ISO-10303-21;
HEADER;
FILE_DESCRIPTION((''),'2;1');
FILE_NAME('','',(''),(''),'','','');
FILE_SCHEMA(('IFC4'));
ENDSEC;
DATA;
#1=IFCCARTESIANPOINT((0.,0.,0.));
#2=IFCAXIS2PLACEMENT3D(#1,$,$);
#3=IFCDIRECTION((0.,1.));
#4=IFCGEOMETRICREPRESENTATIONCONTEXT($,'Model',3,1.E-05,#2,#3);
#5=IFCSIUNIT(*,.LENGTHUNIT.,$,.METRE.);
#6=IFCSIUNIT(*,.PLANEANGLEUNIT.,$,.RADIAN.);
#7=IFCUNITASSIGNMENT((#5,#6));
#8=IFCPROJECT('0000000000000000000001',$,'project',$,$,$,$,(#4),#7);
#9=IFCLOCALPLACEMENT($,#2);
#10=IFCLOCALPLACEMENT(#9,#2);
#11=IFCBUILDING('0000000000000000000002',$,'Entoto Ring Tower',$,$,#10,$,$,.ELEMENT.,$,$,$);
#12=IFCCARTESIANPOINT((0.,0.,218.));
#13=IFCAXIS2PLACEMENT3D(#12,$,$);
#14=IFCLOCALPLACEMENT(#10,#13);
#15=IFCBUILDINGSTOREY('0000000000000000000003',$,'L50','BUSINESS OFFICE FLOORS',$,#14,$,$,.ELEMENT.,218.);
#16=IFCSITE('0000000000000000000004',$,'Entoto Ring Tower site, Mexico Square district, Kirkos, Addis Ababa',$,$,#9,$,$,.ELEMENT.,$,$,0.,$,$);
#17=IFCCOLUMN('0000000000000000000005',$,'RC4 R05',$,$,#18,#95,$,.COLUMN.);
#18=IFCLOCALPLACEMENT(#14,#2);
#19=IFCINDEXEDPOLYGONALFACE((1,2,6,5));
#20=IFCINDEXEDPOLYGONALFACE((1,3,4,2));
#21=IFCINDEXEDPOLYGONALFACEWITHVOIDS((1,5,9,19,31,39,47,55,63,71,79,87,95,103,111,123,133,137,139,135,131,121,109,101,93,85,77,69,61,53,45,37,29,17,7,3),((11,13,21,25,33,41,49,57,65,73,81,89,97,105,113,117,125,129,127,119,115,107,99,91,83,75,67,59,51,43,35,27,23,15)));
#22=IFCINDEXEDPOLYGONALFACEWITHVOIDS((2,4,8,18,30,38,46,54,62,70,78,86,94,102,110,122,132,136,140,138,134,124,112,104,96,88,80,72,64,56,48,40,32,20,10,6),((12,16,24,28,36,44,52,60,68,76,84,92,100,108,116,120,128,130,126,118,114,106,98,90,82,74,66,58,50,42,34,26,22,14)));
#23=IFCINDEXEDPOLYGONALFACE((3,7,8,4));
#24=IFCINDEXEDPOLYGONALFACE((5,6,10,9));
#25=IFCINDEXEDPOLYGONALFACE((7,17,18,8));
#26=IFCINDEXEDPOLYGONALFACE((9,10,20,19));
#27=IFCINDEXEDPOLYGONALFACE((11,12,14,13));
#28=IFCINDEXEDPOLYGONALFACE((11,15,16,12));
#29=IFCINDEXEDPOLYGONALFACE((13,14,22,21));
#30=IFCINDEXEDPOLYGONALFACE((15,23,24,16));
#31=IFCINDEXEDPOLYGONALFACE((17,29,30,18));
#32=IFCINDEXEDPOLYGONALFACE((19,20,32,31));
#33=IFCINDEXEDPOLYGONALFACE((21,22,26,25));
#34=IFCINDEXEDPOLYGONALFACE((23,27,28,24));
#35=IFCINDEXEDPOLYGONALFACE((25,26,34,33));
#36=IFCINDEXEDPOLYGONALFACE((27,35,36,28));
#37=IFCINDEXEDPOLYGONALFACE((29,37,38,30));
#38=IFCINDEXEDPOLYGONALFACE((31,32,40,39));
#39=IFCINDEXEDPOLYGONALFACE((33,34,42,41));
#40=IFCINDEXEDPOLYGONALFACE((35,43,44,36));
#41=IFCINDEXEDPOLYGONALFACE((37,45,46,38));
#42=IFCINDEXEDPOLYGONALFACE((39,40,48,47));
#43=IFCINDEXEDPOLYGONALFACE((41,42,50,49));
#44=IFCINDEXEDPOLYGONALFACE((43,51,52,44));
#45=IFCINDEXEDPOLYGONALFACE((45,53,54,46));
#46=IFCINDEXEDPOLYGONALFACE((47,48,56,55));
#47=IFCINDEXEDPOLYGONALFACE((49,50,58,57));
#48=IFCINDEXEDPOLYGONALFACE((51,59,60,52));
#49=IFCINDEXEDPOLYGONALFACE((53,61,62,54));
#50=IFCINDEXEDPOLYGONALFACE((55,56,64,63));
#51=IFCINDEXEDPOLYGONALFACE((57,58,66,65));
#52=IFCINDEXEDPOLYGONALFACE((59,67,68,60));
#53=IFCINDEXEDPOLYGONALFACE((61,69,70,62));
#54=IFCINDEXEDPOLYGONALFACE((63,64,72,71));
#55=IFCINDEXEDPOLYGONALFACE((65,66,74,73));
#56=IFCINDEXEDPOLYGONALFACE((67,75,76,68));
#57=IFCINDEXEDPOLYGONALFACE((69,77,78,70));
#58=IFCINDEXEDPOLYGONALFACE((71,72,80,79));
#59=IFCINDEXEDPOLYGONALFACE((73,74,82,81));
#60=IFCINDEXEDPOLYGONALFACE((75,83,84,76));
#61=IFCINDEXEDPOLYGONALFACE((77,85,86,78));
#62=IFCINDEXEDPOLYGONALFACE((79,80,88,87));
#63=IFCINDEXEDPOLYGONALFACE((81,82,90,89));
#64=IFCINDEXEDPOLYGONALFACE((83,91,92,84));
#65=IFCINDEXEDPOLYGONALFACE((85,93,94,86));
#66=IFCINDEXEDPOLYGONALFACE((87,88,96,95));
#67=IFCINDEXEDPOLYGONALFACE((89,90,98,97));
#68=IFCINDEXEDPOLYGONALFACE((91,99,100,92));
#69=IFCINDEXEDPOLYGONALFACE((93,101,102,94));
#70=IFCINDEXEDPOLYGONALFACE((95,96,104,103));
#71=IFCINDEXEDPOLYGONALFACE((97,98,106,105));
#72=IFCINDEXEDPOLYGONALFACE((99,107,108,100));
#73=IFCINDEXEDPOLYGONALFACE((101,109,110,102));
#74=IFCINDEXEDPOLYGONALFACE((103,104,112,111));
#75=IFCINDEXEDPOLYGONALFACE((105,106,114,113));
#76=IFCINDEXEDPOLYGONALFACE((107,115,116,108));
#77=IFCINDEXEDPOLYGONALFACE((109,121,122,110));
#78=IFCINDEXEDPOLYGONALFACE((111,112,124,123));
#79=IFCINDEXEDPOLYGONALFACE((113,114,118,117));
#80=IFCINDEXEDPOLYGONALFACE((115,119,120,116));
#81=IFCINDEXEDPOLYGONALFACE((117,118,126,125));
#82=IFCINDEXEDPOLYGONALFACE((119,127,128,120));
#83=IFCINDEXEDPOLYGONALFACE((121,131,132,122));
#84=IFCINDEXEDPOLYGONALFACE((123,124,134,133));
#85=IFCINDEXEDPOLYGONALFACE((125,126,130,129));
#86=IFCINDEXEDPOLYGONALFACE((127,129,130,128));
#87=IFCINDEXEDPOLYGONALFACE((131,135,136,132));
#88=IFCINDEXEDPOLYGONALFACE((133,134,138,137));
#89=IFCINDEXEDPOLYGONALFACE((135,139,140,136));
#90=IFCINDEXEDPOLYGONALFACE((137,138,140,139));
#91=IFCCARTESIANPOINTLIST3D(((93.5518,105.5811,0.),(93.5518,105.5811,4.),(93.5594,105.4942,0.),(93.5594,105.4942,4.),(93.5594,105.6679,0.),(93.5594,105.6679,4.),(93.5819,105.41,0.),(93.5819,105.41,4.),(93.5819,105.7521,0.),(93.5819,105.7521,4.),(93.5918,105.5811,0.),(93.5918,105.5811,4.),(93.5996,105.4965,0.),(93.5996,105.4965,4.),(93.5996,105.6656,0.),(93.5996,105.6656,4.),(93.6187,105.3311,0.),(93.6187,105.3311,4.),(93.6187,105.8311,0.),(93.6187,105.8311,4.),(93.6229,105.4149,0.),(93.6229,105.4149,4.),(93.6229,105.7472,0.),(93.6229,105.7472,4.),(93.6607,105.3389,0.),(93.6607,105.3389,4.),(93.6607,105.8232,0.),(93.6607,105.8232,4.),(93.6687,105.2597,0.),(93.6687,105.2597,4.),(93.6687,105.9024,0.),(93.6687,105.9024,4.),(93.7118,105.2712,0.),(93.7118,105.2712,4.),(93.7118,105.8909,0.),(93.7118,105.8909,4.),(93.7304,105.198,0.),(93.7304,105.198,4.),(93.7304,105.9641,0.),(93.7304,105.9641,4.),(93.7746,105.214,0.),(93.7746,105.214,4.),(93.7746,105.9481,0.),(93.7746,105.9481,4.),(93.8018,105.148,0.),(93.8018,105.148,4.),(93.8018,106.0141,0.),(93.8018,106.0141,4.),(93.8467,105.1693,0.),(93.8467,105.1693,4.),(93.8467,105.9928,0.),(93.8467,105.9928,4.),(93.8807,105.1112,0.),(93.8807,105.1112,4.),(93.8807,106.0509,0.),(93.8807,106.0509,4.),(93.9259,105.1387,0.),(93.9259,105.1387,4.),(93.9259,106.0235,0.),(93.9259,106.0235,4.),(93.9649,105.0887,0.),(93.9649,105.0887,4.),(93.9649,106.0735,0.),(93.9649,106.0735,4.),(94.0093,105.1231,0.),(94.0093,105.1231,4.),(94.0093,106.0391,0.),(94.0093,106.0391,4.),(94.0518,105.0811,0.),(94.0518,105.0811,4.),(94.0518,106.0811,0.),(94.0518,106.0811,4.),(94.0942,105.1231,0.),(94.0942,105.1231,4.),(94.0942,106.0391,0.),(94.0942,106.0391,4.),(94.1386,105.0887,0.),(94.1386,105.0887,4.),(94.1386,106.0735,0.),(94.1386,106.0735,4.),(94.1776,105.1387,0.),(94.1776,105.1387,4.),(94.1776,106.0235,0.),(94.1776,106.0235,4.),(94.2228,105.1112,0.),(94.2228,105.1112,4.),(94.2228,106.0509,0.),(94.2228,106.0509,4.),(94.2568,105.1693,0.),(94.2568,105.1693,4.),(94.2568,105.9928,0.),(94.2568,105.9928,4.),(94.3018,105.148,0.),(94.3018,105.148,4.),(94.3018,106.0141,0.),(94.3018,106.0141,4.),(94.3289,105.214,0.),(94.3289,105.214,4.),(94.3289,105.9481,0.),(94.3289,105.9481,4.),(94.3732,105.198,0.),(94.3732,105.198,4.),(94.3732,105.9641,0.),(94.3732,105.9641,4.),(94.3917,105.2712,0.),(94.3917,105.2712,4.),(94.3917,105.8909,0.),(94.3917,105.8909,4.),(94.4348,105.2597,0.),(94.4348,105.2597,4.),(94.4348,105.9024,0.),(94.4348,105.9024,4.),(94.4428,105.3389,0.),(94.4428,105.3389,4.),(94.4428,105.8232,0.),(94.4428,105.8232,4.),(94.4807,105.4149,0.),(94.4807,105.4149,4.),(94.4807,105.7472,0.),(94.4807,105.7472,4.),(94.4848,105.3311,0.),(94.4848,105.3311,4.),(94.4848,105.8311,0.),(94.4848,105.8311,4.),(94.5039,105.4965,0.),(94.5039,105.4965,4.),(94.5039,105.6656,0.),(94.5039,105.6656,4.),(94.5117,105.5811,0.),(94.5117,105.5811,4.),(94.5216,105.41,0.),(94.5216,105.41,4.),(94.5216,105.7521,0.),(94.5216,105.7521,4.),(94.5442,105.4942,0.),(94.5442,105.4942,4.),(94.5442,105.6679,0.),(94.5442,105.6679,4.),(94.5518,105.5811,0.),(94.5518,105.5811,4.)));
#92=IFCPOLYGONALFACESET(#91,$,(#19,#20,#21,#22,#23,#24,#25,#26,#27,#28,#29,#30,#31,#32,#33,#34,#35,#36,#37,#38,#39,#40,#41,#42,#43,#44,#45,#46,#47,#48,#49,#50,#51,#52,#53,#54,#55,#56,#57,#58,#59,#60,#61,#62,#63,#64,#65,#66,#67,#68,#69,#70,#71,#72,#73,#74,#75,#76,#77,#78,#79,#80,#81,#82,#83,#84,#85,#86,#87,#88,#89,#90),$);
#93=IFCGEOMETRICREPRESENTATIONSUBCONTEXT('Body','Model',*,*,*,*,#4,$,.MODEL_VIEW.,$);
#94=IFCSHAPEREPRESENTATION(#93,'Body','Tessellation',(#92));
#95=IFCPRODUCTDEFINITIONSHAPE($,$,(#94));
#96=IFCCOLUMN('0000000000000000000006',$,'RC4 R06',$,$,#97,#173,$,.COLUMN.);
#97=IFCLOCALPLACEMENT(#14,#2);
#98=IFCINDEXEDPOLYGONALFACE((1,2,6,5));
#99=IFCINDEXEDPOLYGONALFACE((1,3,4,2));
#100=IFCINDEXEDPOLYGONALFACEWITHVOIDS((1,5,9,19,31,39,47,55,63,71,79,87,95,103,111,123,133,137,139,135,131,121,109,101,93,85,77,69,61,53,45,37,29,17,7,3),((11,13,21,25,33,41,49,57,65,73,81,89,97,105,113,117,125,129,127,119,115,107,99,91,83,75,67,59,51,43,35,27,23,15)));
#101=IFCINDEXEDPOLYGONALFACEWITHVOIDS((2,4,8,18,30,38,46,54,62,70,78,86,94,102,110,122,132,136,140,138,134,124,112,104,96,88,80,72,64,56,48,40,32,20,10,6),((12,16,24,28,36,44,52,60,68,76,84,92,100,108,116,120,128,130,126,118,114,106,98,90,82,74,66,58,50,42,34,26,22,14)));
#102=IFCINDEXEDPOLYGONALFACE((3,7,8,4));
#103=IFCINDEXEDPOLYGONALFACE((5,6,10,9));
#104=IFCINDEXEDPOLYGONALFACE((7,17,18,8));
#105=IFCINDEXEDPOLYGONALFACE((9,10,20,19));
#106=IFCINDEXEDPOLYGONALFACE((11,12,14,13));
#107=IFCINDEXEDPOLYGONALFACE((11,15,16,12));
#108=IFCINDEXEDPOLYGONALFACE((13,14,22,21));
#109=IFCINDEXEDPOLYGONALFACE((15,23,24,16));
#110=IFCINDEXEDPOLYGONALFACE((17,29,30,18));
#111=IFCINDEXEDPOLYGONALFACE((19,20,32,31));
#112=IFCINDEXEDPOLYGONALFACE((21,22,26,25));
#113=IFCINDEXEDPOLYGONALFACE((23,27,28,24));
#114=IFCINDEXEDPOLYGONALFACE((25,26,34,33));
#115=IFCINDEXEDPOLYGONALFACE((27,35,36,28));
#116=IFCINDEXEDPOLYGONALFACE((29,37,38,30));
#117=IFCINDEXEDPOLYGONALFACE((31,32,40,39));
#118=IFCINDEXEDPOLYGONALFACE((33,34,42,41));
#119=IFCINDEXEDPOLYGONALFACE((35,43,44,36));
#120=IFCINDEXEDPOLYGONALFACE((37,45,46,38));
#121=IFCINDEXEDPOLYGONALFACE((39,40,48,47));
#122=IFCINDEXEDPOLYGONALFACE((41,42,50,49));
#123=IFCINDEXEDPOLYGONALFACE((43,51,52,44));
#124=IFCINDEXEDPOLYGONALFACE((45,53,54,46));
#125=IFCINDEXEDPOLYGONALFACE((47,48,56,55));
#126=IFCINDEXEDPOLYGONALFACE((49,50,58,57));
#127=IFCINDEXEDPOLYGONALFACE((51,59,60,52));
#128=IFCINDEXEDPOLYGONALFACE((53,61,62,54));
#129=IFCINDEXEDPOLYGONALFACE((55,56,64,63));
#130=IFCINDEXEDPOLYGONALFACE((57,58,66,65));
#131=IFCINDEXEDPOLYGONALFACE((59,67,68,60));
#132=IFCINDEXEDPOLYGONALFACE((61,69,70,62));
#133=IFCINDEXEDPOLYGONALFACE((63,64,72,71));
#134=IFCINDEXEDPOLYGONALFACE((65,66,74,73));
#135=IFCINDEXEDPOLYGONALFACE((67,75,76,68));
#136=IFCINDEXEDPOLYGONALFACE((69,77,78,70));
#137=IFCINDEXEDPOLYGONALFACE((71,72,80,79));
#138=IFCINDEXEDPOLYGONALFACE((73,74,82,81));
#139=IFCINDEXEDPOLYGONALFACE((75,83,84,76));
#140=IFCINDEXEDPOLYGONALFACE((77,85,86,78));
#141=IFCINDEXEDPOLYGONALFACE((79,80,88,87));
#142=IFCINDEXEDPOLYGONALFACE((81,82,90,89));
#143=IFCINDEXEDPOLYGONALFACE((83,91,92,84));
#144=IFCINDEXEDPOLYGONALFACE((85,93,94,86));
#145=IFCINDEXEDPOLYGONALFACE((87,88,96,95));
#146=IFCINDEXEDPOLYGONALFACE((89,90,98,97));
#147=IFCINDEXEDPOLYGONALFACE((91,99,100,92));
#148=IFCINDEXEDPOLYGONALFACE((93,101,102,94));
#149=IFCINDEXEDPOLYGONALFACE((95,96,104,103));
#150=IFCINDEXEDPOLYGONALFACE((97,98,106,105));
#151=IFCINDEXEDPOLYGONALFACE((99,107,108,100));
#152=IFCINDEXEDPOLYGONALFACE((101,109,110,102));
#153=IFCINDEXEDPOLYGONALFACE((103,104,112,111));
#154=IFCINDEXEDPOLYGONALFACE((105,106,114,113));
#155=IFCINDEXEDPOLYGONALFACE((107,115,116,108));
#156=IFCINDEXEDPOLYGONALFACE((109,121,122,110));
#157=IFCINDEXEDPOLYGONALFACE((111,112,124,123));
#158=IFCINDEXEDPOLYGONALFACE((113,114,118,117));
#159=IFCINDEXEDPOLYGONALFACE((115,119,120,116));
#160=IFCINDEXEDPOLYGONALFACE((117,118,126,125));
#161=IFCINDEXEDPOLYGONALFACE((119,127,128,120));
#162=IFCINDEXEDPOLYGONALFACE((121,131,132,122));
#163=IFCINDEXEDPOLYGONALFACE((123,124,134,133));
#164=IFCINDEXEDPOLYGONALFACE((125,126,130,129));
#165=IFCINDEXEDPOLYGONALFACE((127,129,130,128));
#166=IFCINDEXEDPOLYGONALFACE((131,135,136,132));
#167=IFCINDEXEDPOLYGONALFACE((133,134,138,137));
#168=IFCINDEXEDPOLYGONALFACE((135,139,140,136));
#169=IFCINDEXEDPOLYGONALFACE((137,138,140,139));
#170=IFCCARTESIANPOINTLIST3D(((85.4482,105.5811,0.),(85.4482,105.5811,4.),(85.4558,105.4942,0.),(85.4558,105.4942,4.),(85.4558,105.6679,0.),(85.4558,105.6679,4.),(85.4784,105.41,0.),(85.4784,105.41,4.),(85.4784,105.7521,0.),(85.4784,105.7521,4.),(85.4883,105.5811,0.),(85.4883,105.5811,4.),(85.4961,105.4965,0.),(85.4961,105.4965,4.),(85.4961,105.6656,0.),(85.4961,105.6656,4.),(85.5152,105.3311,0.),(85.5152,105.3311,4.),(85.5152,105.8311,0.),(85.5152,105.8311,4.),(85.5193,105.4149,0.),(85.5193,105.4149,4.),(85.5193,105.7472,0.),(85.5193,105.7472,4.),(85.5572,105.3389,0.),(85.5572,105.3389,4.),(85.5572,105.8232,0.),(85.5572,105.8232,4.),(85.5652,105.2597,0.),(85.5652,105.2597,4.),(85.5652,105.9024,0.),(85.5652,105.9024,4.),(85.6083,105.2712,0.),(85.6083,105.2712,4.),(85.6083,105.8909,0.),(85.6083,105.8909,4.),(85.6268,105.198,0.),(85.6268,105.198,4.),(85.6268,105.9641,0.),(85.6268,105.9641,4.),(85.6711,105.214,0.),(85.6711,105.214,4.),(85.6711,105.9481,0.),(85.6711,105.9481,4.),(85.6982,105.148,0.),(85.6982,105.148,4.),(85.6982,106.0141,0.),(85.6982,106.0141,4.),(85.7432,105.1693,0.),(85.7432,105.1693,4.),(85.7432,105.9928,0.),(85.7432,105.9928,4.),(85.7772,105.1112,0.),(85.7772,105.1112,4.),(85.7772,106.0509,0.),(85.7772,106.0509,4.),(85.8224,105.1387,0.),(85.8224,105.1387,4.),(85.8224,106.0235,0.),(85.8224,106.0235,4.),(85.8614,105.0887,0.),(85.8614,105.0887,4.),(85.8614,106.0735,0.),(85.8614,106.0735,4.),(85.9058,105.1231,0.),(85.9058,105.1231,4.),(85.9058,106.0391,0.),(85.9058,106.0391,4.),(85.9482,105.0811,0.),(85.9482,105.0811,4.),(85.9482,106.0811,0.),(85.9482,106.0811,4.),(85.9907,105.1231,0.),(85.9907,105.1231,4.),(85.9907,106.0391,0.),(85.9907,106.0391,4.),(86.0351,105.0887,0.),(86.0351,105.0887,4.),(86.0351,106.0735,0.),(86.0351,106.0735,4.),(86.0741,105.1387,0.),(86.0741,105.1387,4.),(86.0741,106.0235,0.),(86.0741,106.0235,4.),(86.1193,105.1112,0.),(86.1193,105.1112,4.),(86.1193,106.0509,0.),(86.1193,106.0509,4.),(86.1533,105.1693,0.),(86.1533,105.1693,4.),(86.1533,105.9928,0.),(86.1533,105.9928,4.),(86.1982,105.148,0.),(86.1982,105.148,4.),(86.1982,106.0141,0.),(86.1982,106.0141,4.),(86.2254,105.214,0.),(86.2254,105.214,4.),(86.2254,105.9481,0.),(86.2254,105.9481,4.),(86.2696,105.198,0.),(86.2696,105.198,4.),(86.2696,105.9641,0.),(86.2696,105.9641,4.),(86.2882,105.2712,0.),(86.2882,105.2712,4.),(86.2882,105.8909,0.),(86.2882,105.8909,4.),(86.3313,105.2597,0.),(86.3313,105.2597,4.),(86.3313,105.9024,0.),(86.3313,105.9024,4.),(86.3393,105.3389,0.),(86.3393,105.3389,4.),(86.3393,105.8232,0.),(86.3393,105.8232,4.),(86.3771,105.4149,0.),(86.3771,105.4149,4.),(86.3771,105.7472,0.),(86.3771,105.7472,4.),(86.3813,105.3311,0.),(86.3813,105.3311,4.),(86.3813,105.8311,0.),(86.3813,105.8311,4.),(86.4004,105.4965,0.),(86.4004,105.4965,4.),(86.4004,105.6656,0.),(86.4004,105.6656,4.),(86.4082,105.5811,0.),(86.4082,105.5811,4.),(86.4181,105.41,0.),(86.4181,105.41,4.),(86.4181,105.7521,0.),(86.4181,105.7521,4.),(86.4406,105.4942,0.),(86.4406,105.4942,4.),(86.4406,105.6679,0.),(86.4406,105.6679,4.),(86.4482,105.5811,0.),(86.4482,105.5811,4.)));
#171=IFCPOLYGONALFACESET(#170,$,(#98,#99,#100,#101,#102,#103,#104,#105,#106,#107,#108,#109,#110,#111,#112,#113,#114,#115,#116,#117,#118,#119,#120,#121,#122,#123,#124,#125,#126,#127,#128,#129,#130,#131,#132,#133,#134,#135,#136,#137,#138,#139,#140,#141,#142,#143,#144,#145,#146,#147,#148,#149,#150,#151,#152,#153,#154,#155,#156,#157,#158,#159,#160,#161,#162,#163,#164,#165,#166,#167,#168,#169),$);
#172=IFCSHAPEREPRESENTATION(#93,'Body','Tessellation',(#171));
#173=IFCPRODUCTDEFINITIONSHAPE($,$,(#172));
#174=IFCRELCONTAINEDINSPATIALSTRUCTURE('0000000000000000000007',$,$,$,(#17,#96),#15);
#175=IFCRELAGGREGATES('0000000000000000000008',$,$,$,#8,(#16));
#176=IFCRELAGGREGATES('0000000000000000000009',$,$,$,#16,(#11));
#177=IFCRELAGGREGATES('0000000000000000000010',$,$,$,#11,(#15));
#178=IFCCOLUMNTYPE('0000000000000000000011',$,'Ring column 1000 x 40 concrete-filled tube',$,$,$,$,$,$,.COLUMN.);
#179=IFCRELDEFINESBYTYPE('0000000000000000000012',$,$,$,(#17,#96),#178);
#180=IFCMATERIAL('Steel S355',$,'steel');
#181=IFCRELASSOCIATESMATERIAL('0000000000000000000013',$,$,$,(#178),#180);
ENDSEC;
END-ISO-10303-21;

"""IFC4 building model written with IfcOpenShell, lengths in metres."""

from ifc_helpers import new_model, si_unit, direction, frame, origin, origin_2d, place, context, subcontext, project, spatial, circle, hollow_circle, extrude, material, material_profile, profile_set, type_object, element, save


model = new_model("IFC4")

# Units and contexts
model_context = context("Model", 3, precision=1e-05, world=origin(), true_north=direction((0.0, 1.0)))
body_context = subcontext(model_context, "Body", "Model", "MODEL_VIEW")
ifc_project = project(units=[si_unit("LENGTHUNIT", "METRE"), si_unit("PLANEANGLEUNIT", "RADIAN")], contexts=[model_context])

# Site, building, storey
site_placement = place(None, origin())
site = spatial("IfcSite", under=ifc_project, at=site_placement, Name="Entoto Ring Tower site, Mexico Square district, Kirkos, Addis Ababa", CompositionType="ELEMENT", RefElevation=0.0)
building_placement = place(site_placement, origin())
building = spatial("IfcBuilding", under=site, at=building_placement, Name="Entoto Ring Tower", CompositionType="ELEMENT")
storey_placement = place(building_placement, frame((0.0, 0.0, 218.0)))
storey = spatial("IfcBuildingStorey", under=building, at=storey_placement, Name="L50", Description="BUSINESS OFFICE FLOORS", CompositionType="ELEMENT", Elevation=218.0)

# Columns
ifc_material_1 = material(Name="Steel S355", Category="steel")
ifc_material_profile_1 = material_profile(ifc_material_1, hollow_circle(Radius=0.5, WallThickness=0.04, at=origin_2d()), Name="CHS 1000 x 40")
ifc_material_2 = material(Name="Concrete C60/75", Category="concrete")
ifc_material_profile_2 = material_profile(ifc_material_2, circle(Radius=0.46, at=origin_2d()), Name="Concrete C60/75 infill")
ifc_profile_set_1 = profile_set([ifc_material_profile_1, ifc_material_profile_2], Name="Steel S355")
column_type = type_object("IfcColumnType", Name="Ring column 1000 x 40 concrete-filled tube", PredefinedType="COLUMN", material=ifc_profile_set_1)
for number, where, z_axis, x_axis, name in (
    (1, (94.0518, 105.5811, 0.0), (0.0, 0.0, 1.0), (1.0, 0.0, 0.0), "RC4 R05"),
    (2, (85.9482, 105.5811, 0.0), (0.0, 0.0, 1.0), (1.0, 0.0, 0.0), "RC4 R06"),
):
    element("IfcColumn", number, at=place(storey_placement, frame(where, z_axis=z_axis, x_axis=x_axis)), inside=storey, type_object=column_type, Name=name, PredefinedType="COLUMN", context=body_context, shape_type="SweptSolid", body=[
        extrude(hollow_circle(Radius=0.5, WallThickness=0.04, at=origin_2d()), origin(), (0.0, 0.0, 1.0), 4.0),
    ])

save(model, "model.ifc")
